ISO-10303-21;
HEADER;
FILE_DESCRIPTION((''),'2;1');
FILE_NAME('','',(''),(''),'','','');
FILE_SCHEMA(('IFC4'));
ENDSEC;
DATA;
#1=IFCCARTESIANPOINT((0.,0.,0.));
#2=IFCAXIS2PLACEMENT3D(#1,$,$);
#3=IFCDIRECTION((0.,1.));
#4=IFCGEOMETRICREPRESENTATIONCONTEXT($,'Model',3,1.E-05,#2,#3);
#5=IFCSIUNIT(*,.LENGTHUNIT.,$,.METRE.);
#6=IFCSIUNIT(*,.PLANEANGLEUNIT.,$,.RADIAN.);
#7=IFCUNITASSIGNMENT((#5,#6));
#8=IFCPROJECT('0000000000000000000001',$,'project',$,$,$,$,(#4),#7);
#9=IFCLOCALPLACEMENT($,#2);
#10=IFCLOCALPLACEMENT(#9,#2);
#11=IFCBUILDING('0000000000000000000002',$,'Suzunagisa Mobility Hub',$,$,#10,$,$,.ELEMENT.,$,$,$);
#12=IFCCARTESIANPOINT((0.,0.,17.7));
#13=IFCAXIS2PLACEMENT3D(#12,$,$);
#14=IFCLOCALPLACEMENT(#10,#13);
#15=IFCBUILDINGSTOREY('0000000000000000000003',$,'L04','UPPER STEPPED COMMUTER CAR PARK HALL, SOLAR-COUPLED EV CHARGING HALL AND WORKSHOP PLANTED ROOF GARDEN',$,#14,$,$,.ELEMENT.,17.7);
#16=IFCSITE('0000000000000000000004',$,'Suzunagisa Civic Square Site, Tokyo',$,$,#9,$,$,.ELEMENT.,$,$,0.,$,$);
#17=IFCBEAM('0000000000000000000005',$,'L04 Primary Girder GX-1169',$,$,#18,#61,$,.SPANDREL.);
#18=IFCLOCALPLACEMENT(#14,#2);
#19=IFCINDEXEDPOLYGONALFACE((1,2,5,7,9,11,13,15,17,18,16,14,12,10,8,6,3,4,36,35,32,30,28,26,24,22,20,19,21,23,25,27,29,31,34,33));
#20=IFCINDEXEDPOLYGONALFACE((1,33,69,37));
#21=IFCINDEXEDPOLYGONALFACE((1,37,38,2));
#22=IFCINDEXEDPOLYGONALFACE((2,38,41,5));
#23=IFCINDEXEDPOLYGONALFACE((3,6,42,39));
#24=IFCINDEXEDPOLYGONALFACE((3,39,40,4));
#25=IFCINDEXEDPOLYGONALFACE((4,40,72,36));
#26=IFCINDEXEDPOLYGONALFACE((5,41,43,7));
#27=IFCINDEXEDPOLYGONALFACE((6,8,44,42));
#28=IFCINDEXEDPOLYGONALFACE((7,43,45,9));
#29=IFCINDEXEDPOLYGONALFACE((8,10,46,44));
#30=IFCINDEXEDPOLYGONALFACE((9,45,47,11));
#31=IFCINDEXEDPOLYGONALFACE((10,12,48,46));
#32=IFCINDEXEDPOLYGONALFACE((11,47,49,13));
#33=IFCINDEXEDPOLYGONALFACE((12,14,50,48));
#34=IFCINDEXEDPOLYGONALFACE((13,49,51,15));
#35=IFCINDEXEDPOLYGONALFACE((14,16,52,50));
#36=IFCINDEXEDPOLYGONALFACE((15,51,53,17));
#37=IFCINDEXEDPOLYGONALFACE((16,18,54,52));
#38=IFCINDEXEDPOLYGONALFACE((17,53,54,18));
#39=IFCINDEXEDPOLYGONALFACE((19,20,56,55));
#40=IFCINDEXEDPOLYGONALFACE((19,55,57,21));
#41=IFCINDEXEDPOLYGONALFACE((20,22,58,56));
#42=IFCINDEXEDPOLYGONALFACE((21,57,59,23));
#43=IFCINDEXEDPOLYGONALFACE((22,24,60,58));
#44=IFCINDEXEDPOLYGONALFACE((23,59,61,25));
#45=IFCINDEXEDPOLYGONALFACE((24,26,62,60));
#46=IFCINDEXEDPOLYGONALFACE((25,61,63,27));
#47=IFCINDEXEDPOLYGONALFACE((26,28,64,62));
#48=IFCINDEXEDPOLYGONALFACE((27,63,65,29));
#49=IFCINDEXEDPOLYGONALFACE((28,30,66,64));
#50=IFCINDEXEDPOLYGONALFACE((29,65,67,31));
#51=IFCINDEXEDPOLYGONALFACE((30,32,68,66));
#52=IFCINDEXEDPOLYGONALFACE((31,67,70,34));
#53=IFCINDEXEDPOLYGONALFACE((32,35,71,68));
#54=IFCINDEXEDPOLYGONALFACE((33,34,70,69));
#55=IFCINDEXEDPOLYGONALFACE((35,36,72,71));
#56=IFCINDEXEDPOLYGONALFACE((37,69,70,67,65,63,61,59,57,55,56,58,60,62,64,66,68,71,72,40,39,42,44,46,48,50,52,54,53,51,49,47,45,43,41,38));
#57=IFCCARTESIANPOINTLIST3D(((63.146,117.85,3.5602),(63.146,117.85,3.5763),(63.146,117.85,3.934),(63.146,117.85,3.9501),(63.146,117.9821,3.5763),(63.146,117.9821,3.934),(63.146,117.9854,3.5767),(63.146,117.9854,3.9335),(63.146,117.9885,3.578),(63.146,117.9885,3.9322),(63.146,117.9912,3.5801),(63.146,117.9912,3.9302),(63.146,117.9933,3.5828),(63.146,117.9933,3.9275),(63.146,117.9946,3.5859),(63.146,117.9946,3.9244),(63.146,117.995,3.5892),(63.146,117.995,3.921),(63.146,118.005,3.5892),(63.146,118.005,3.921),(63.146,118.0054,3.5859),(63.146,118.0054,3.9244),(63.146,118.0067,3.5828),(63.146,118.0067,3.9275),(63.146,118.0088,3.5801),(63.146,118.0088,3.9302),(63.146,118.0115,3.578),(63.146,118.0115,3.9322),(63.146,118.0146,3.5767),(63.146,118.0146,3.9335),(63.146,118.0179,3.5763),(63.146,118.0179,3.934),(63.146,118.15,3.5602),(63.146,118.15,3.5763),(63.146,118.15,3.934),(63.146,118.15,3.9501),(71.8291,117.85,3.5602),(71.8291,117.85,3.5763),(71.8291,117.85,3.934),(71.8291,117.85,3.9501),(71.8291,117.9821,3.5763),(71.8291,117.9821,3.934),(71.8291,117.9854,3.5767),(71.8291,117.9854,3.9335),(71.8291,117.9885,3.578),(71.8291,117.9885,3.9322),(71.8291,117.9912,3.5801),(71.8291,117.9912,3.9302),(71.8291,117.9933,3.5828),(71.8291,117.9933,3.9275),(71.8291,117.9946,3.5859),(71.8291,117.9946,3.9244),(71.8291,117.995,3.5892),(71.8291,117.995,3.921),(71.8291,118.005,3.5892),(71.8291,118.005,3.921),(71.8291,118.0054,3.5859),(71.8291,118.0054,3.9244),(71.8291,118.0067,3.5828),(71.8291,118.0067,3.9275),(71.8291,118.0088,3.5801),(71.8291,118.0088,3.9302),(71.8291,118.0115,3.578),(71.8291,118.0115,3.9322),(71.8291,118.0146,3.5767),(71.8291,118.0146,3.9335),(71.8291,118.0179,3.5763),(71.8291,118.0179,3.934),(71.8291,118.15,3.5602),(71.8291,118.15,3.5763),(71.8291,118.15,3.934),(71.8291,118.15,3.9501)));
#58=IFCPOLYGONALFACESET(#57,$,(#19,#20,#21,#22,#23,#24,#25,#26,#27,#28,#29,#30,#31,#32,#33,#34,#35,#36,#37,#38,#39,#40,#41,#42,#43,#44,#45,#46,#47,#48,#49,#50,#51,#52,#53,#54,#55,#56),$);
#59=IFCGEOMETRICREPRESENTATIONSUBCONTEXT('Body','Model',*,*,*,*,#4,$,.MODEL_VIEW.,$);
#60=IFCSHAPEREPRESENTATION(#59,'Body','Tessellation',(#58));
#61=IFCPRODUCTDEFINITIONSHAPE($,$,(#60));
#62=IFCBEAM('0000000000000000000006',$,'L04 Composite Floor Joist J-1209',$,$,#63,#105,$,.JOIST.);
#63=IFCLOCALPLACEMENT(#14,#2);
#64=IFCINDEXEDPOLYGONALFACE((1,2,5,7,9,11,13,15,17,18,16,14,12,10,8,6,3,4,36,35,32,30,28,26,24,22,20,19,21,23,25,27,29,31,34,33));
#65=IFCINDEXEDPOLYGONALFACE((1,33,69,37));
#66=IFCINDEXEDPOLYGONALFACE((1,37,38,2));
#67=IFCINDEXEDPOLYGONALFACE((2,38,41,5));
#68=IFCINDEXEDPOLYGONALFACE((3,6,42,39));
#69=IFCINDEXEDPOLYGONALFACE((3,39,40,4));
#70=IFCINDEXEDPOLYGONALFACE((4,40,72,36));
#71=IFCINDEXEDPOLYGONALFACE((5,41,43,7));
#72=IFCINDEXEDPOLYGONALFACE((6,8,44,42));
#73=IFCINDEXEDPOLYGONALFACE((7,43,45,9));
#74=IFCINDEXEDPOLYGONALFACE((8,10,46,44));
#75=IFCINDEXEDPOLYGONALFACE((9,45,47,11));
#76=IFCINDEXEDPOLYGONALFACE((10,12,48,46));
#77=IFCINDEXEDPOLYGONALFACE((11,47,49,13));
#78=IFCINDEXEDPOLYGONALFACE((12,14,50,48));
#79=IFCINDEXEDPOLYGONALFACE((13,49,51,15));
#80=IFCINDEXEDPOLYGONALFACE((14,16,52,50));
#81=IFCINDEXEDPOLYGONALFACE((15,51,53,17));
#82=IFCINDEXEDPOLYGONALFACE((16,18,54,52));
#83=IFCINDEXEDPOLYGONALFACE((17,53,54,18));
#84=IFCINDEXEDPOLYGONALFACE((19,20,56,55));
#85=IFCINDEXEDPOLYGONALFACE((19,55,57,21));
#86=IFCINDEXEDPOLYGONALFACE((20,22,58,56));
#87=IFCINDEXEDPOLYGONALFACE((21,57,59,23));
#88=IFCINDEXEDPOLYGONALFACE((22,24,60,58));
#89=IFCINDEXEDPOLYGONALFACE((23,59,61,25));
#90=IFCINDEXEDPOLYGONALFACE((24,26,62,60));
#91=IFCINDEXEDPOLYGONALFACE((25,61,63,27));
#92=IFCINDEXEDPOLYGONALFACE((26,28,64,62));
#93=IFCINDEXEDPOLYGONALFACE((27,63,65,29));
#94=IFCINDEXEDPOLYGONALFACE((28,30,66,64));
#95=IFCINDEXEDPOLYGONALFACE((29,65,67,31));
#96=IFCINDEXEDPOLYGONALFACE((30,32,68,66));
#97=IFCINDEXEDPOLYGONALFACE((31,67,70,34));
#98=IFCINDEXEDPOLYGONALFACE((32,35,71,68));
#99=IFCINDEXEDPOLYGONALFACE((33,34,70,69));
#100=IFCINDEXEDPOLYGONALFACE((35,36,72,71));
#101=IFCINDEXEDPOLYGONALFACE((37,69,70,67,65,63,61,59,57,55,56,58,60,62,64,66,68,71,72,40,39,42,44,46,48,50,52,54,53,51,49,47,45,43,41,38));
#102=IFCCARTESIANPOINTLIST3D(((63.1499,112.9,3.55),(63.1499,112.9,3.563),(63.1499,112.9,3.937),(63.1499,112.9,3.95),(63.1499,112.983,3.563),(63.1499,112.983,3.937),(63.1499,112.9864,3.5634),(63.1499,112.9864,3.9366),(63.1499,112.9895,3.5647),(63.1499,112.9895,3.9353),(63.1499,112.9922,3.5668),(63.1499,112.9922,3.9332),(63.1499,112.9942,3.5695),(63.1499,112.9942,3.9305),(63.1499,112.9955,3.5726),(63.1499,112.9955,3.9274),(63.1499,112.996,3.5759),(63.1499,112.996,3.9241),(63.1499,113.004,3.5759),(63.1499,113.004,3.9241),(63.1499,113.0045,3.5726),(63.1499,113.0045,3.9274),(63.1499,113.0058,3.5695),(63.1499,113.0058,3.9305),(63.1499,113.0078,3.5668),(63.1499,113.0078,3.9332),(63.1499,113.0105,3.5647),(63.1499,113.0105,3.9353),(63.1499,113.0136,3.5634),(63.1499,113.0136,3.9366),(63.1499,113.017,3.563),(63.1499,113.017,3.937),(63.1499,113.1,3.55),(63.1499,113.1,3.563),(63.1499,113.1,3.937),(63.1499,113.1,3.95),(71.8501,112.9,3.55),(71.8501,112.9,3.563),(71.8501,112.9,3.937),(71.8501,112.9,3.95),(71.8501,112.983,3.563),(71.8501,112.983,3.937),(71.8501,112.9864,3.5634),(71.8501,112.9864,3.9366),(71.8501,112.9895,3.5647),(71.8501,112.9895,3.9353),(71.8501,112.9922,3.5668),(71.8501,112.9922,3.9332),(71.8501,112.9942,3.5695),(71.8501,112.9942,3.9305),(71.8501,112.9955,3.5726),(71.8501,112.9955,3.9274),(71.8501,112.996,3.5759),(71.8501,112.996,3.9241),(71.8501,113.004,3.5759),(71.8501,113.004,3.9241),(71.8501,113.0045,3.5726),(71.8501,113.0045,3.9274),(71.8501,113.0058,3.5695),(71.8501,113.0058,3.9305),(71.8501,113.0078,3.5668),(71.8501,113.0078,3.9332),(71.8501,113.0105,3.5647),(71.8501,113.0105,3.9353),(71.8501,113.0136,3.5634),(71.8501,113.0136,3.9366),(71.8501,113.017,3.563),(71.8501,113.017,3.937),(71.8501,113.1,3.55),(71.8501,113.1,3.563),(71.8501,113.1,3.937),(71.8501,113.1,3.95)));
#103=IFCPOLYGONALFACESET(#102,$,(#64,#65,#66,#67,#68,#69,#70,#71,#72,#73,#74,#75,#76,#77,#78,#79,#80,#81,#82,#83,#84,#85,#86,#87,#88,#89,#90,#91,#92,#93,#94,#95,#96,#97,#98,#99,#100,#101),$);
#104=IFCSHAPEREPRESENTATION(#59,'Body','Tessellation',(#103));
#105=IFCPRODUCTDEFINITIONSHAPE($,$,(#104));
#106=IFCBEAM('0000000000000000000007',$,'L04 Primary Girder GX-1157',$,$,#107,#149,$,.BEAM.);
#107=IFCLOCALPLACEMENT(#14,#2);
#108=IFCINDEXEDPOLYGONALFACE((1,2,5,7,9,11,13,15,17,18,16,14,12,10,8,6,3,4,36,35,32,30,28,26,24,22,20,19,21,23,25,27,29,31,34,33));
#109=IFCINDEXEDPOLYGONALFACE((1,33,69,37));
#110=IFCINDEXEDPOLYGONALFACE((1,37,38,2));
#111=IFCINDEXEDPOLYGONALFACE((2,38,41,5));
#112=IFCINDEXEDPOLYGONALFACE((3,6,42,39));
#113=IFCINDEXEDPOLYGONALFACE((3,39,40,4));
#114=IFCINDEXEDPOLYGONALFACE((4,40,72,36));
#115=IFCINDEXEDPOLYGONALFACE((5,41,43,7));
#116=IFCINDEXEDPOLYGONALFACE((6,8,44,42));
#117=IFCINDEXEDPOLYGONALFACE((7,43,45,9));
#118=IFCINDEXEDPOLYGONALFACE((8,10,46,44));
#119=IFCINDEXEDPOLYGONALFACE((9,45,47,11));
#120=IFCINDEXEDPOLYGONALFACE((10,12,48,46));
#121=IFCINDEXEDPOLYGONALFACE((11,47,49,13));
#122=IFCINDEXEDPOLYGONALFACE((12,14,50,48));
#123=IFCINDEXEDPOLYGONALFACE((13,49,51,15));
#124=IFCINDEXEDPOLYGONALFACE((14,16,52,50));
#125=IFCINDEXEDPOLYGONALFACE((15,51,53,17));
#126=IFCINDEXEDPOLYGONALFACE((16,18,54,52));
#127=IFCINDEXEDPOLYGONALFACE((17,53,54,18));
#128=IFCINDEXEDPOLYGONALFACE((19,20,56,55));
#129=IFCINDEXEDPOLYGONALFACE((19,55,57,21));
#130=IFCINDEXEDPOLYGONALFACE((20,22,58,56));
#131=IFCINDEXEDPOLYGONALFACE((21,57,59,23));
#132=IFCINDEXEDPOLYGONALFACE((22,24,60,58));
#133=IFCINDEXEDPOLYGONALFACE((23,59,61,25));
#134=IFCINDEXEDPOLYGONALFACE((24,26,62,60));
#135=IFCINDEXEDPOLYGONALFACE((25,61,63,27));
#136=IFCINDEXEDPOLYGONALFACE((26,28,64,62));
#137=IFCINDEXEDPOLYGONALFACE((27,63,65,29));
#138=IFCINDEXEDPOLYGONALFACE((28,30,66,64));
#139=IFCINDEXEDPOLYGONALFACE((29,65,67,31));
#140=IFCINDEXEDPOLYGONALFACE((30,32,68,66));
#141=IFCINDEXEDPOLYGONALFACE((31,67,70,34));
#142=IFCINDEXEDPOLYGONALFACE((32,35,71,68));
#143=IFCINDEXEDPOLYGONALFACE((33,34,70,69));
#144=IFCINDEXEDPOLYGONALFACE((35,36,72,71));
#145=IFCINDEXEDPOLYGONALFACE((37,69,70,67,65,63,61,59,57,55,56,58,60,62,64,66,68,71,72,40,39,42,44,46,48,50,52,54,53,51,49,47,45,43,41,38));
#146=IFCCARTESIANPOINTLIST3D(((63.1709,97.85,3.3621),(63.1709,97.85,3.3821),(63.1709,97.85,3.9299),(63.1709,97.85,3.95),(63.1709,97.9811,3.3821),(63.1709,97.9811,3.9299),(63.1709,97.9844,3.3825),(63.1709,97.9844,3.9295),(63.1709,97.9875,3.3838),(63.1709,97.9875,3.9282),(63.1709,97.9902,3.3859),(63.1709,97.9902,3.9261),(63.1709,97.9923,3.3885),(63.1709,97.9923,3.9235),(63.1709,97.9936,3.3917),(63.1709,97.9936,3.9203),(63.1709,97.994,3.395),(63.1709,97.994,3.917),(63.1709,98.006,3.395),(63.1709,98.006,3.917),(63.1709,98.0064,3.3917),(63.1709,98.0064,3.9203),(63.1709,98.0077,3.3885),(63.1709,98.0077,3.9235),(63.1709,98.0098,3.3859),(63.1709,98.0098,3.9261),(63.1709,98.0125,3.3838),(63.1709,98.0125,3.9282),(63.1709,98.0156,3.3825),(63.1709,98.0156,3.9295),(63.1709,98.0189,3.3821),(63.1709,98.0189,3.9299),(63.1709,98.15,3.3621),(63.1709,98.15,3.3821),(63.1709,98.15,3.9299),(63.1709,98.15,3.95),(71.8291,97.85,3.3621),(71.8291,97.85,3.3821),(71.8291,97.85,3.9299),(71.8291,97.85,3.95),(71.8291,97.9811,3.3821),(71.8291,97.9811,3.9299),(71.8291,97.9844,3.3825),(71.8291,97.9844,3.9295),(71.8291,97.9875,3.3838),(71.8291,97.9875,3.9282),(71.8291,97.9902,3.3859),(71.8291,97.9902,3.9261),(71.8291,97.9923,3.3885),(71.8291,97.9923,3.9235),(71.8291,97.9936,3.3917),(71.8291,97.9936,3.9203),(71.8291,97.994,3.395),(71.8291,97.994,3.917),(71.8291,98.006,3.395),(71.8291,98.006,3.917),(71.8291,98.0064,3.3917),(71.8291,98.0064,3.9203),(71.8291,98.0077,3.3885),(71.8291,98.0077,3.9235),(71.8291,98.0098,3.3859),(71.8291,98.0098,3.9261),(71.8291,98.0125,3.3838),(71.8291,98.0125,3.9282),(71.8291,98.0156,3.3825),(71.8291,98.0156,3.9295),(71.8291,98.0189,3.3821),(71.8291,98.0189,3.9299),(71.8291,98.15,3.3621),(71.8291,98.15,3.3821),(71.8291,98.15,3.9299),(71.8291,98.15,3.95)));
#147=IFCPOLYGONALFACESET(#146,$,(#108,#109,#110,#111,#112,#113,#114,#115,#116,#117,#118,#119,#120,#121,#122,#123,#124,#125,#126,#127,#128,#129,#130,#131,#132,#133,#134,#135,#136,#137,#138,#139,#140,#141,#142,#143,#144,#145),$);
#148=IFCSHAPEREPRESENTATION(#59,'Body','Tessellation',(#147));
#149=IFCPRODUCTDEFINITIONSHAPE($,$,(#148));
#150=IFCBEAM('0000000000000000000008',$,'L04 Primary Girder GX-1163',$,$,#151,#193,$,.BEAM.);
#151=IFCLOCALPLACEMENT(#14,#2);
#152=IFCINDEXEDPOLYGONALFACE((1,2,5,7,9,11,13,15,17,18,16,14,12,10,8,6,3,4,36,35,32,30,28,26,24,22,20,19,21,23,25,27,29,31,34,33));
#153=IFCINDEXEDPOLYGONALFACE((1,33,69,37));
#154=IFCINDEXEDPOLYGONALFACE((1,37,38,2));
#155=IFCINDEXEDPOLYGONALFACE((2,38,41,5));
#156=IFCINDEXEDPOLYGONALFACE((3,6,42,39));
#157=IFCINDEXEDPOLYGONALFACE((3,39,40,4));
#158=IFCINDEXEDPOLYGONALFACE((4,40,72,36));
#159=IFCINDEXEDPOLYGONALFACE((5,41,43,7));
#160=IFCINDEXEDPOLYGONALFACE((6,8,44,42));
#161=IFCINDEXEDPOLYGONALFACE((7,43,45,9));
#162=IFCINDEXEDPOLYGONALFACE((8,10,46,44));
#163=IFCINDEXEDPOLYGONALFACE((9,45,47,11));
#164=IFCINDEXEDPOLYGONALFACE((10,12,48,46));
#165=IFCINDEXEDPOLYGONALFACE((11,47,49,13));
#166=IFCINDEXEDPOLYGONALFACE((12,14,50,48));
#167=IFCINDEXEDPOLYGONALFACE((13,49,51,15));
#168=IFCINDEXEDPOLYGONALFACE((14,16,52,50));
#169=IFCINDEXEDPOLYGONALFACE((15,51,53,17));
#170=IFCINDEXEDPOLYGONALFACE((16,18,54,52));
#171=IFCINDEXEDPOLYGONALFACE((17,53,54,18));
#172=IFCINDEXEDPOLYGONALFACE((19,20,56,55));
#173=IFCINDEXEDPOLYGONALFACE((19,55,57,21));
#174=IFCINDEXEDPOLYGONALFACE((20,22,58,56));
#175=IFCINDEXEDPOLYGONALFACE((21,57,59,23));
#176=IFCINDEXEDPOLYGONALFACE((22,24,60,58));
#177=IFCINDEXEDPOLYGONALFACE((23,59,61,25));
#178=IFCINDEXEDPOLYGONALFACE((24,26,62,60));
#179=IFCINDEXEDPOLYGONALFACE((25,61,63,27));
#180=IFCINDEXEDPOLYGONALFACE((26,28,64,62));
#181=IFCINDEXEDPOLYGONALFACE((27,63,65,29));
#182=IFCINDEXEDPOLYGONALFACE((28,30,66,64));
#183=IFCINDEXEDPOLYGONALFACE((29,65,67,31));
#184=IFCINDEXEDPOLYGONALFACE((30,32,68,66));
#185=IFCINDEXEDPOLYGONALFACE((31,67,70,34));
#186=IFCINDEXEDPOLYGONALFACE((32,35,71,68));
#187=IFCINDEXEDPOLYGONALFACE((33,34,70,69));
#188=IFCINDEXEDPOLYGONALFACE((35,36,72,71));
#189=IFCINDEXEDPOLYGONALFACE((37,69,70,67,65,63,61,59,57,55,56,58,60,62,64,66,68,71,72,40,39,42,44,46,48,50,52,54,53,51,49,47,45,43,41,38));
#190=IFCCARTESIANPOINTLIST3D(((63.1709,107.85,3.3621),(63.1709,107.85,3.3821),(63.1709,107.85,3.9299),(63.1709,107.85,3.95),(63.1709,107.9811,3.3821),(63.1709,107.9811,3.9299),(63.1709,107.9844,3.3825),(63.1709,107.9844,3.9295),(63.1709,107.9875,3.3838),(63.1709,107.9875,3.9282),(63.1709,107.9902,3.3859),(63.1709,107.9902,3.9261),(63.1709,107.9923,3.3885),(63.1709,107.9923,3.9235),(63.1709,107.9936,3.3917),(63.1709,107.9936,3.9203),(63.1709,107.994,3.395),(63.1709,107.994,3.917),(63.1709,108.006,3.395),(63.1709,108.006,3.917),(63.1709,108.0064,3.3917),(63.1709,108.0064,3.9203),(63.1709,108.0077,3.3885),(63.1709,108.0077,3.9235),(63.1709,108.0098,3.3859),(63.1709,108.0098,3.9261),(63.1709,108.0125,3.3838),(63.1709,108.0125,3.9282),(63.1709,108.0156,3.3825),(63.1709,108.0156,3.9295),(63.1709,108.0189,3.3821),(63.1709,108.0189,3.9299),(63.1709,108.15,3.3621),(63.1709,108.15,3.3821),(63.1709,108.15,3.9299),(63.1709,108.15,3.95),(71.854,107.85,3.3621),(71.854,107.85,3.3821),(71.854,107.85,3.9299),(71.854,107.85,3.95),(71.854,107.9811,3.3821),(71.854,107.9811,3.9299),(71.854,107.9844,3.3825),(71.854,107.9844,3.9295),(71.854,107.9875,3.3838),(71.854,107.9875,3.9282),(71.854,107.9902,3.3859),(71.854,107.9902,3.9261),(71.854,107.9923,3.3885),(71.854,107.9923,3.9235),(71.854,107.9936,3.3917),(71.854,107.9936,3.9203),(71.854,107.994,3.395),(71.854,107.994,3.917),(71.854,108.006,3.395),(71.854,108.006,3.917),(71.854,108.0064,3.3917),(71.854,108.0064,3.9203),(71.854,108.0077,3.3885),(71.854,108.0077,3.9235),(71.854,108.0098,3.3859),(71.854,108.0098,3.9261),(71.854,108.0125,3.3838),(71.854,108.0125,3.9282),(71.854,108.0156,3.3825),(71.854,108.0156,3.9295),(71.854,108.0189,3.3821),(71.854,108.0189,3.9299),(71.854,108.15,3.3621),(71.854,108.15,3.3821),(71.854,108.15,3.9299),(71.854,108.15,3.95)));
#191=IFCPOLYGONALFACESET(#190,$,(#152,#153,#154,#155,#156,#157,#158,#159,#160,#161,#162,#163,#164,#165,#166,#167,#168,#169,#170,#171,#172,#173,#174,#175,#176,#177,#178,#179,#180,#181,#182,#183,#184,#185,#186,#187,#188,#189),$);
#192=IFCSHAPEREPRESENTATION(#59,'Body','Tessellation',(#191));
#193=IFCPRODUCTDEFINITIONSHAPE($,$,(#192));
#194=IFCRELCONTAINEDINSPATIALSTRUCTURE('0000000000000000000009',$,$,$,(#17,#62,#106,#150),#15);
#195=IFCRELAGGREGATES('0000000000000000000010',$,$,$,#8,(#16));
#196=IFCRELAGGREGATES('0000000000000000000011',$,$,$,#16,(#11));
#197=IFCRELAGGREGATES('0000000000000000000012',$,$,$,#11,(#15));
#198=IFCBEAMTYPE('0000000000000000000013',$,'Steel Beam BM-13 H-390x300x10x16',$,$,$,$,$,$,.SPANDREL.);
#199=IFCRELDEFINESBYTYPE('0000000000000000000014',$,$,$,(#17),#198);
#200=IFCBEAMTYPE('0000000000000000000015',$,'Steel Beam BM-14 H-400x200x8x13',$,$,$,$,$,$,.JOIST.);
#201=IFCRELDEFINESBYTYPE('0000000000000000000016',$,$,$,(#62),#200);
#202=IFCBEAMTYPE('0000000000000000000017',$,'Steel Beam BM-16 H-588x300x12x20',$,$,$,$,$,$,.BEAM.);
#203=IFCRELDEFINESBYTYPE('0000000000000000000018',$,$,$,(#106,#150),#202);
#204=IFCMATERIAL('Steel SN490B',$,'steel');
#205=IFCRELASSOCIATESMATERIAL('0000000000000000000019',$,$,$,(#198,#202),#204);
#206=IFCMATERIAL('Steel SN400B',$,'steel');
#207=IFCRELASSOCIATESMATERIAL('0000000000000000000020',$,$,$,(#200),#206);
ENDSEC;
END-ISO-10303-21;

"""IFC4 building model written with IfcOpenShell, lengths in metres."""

from ifc_helpers import new_model, si_unit, direction, frame, origin, origin_2d, place, context, subcontext, project, spatial, i_section, extrude, material, material_profile, profile_set, type_object, element, save


model = new_model("IFC4")

# Units and contexts
model_context = context("Model", 3, precision=1e-05, world=origin(), true_north=direction((0.0, 1.0)))
body_context = subcontext(model_context, "Body", "Model", "MODEL_VIEW")
ifc_project = project(units=[si_unit("LENGTHUNIT", "METRE"), si_unit("PLANEANGLEUNIT", "RADIAN")], contexts=[model_context])

# Site, building, storey
site_placement = place(None, origin())
site = spatial("IfcSite", under=ifc_project, at=site_placement, Name="Suzunagisa Civic Square Site, Tokyo", CompositionType="ELEMENT", RefElevation=0.0)
building_placement = place(site_placement, origin())
building = spatial("IfcBuilding", under=site, at=building_placement, Name="Suzunagisa Mobility Hub", CompositionType="ELEMENT")
storey_placement = place(building_placement, frame((0.0, 0.0, 17.7)))
storey = spatial("IfcBuildingStorey", under=building, at=storey_placement, Name="L04", Description="UPPER STEPPED COMMUTER CAR PARK HALL, SOLAR-COUPLED EV CHARGING HALL AND WORKSHOP PLANTED ROOF GARDEN", CompositionType="ELEMENT", Elevation=17.7)

# Shared definitions
ifc_material_1 = material(Name="Steel SN490B", Category="steel")

# Beams
ifc_material_profile_1 = material_profile(ifc_material_1, i_section(OverallWidth=0.3, OverallDepth=0.3899, WebThickness=0.01, FlangeThickness=0.0161, FilletRadius=0.0129, at=origin_2d()), Name="H-390x300x10x16")
ifc_profile_set_1 = profile_set([ifc_material_profile_1], Name="Steel SN490B")
beam_type_1 = type_object("IfcBeamType", Name="Steel Beam BM-13 H-390x300x10x16", PredefinedType="SPANDREL", material=ifc_profile_set_1)
beam_1_placement = place(storey_placement, frame((63.146, 118.0, 3.7551), z_axis=(1.0, 0.0, 0.0), x_axis=(0.0, 1.0, 0.0)))
element("IfcBeam", 1, at=beam_1_placement, inside=storey, type_object=beam_type_1, Name="L04 Primary Girder GX-1169", PredefinedType="SPANDREL", context=body_context, shape_type="SweptSolid", body=[
    extrude(i_section(OverallWidth=0.3, OverallDepth=0.3899, WebThickness=0.01, FlangeThickness=0.0161, FilletRadius=0.0129, at=origin_2d()), origin(), (0.0, 0.0, 1.0), 8.6831),
])
ifc_material_2 = material(Name="Steel SN400B", Category="steel")
ifc_material_profile_2 = material_profile(ifc_material_2, i_section(OverallWidth=0.2, OverallDepth=0.3999, WebThickness=0.0081, FlangeThickness=0.0129, FilletRadius=0.0129, at=origin_2d()), Name="H-400x200x8x13")
ifc_profile_set_2 = profile_set([ifc_material_profile_2], Name="Steel SN400B")
beam_type_2 = type_object("IfcBeamType", Name="Steel Beam BM-14 H-400x200x8x13", PredefinedType="JOIST", material=ifc_profile_set_2)
beam_2_placement = place(storey_placement, frame((63.1499, 113.0, 3.75), z_axis=(1.0, 0.0, 0.0), x_axis=(0.0, 1.0, 0.0)))
element("IfcBeam", 2, at=beam_2_placement, inside=storey, type_object=beam_type_2, Name="L04 Composite Floor Joist J-1209", PredefinedType="JOIST", context=body_context, shape_type="SweptSolid", body=[
    extrude(i_section(OverallWidth=0.2, OverallDepth=0.3999, WebThickness=0.0081, FlangeThickness=0.0129, FilletRadius=0.0129, at=origin_2d()), origin(), (0.0, 0.0, 1.0), 8.7002),
])
ifc_material_profile_3 = material_profile(ifc_material_1, i_section(OverallWidth=0.3, OverallDepth=0.5879, WebThickness=0.012, FlangeThickness=0.02, FilletRadius=0.0129, at=origin_2d()), Name="H-588x300x12x20")
ifc_profile_set_3 = profile_set([ifc_material_profile_3], Name="Steel SN490B")
beam_type_3 = type_object("IfcBeamType", Name="Steel Beam BM-16 H-588x300x12x20", PredefinedType="BEAM", material=ifc_profile_set_3)
beam_3_placement = place(storey_placement, frame((63.1709, 98.0, 3.656), z_axis=(1.0, 0.0, 0.0), x_axis=(0.0, 1.0, 0.0)))
element("IfcBeam", 3, at=beam_3_placement, inside=storey, type_object=beam_type_3, Name="L04 Primary Girder GX-1157", PredefinedType="BEAM", context=body_context, shape_type="SweptSolid", body=[
    extrude(i_section(OverallWidth=0.3, OverallDepth=0.5879, WebThickness=0.012, FlangeThickness=0.02, FilletRadius=0.0129, at=origin_2d()), origin(), (0.0, 0.0, 1.0), 8.6582),
])
beam_4_placement = place(storey_placement, frame((63.1709, 108.0, 3.656), z_axis=(1.0, 0.0, 0.0), x_axis=(0.0, 1.0, 0.0)))
element("IfcBeam", 4, at=beam_4_placement, inside=storey, type_object=beam_type_3, Name="L04 Primary Girder GX-1163", PredefinedType="BEAM", context=body_context, shape_type="SweptSolid", body=[
    extrude(i_section(OverallWidth=0.3, OverallDepth=0.5879, WebThickness=0.012, FlangeThickness=0.02, FilletRadius=0.0129, at=origin_2d()), origin(), (0.0, 0.0, 1.0), 8.6831),
])

save(model, "model.ifc")
